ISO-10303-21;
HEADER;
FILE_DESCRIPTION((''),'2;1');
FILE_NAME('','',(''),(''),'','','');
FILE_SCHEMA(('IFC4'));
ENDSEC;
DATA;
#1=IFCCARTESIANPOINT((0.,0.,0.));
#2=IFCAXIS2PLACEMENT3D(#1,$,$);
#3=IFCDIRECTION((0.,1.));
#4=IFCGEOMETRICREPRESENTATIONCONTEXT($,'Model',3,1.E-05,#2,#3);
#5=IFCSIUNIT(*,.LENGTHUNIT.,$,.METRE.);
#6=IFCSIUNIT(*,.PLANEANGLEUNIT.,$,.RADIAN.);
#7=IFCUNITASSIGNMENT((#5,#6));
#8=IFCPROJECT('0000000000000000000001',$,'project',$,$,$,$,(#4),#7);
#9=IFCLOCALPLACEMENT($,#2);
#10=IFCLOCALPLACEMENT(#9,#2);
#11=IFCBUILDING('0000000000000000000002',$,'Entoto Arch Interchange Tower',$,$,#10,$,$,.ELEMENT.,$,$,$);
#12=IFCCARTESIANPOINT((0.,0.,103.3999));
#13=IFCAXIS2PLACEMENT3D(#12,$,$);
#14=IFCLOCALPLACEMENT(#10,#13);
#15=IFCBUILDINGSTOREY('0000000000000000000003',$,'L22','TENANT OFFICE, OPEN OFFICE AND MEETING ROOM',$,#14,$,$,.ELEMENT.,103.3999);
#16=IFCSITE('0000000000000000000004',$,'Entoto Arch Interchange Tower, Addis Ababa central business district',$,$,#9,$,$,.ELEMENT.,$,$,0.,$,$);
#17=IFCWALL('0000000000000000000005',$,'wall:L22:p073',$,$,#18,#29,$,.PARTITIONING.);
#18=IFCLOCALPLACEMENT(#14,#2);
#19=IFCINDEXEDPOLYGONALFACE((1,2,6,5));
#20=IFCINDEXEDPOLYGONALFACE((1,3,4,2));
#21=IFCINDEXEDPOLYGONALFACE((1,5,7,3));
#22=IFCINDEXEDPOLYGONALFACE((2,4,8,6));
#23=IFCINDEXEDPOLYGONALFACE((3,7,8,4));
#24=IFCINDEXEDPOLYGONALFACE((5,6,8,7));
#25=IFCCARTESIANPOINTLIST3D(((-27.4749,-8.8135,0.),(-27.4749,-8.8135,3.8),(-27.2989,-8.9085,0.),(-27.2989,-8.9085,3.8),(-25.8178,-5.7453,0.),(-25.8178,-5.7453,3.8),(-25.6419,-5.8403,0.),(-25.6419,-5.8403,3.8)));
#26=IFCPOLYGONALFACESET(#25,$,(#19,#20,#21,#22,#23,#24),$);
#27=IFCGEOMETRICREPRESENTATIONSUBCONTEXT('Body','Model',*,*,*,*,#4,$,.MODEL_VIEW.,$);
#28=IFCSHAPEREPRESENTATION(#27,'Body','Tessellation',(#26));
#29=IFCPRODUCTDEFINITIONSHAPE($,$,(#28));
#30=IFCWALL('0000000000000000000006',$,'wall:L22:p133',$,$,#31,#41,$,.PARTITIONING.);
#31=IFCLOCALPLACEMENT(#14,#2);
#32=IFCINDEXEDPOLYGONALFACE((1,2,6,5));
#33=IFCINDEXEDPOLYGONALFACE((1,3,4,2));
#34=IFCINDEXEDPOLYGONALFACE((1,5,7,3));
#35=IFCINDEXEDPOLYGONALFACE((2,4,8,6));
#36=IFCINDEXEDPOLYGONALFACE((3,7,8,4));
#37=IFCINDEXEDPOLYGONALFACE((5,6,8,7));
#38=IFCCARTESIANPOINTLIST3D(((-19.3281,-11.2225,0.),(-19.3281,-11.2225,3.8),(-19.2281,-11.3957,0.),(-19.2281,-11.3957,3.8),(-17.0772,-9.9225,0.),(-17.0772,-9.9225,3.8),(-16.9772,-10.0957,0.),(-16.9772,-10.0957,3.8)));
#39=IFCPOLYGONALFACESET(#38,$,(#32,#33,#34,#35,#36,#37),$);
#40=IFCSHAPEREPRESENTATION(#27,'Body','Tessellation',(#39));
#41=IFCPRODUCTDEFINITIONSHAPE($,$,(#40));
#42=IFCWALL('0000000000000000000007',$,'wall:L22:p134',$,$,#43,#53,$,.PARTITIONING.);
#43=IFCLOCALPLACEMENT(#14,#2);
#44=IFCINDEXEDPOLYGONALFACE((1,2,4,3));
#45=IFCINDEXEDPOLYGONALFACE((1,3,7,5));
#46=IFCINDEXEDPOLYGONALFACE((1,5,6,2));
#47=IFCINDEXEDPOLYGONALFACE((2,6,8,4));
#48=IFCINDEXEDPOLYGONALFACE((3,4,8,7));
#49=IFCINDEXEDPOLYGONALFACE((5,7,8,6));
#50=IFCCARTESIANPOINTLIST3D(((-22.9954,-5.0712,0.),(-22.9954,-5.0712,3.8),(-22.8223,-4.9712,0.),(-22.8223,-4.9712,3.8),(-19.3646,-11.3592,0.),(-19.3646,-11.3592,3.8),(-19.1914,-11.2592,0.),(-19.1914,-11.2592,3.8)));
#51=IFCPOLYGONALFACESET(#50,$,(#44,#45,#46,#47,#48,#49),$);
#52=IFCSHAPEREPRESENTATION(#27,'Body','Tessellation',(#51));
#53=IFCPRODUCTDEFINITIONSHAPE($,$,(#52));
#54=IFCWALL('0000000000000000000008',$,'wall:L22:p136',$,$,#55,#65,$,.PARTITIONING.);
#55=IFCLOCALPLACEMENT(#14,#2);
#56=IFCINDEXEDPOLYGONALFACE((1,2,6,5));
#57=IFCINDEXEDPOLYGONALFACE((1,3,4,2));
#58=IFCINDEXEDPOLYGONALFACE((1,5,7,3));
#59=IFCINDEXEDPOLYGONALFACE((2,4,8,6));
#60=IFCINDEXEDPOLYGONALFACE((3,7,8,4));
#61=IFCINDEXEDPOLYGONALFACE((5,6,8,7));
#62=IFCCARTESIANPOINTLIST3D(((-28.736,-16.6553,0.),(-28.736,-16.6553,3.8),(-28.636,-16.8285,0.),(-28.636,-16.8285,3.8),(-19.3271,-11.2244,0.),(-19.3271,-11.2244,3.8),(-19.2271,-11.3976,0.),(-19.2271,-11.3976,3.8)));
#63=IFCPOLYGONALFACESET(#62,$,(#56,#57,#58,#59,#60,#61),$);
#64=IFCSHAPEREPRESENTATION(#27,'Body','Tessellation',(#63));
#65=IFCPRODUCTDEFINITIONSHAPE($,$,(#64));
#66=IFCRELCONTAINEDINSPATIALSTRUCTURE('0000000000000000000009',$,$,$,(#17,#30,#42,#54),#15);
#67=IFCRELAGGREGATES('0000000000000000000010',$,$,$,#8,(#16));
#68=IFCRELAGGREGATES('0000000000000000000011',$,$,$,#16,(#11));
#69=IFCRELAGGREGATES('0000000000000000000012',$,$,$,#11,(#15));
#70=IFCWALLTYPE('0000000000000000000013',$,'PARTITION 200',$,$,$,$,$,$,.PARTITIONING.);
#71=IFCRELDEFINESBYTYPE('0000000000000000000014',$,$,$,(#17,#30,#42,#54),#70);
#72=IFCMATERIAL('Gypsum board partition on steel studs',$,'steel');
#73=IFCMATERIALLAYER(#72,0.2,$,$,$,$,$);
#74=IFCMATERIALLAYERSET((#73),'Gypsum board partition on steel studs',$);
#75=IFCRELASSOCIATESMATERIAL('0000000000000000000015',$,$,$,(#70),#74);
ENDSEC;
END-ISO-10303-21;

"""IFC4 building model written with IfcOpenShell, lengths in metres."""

from ifc_helpers import new_model, si_unit, direction, frame, frame_2d, origin, place, context, subcontext, project, spatial, rectangle, extrude, material, layer, layer_set, type_object, element, save


model = new_model("IFC4")

# Units and contexts
model_context = context("Model", 3, precision=1e-05, world=origin(), true_north=direction((0.0, 1.0)))
body_context = subcontext(model_context, "Body", "Model", "MODEL_VIEW")
ifc_project = project(units=[si_unit("LENGTHUNIT", "METRE"), si_unit("PLANEANGLEUNIT", "RADIAN")], contexts=[model_context])

# Site, building, storey
site_placement = place(None, origin())
site = spatial("IfcSite", under=ifc_project, at=site_placement, Name="Entoto Arch Interchange Tower, Addis Ababa central business district", CompositionType="ELEMENT", RefElevation=0.0)
building_placement = place(site_placement, origin())
building = spatial("IfcBuilding", under=site, at=building_placement, Name="Entoto Arch Interchange Tower", CompositionType="ELEMENT")
storey_placement = place(building_placement, frame((0.0, 0.0, 103.3999)))
storey = spatial("IfcBuildingStorey", under=building, at=storey_placement, Name="L22", Description="TENANT OFFICE, OPEN OFFICE AND MEETING ROOM", CompositionType="ELEMENT", Elevation=103.3999)

# Shared definitions
ifc_material_1 = material(Name="Gypsum board partition on steel studs", Category="steel")
ifc_layer_1 = layer(ifc_material_1, 0.2)
ifc_layer_set_1 = layer_set([ifc_layer_1], Name="Gypsum board partition on steel studs")
wall_type_1 = type_object("IfcWallType", Name="PARTITION 200", PredefinedType="PARTITIONING", material=ifc_layer_set_1)

# Walls
wall_1_placement = place(storey_placement, frame((-27.387, -8.8611, 0.0), z_axis=(0.0, 0.0, 1.0), x_axis=(0.475193, 0.879881, 0.0)))
element("IfcWall", 1, at=wall_1_placement, inside=storey, type_object=wall_type_1, Name="wall:L22:p073", PredefinedType="PARTITIONING", context=body_context, shape_type="SweptSolid", body=[
    extrude(rectangle(XDim=3.4871, YDim=0.2, at=frame_2d((1.7437, 0.0))), origin(), (0.0, 0.0, 1.0), 3.8),
])
wall_2_placement = place(storey_placement, frame((-17.0271, -10.009, 0.0), z_axis=(0.0, 0.0, 1.0), x_axis=(-0.865951, -0.500129, 0.0)))
element("IfcWall", 2, at=wall_2_placement, inside=storey, type_object=wall_type_1, Name="wall:L22:p133", PredefinedType="PARTITIONING", context=body_context, shape_type="SweptSolid", body=[
    extrude(rectangle(XDim=2.5994, YDim=0.2, at=frame_2d((1.2998, 0.0))), origin(), (0.0, 0.0, 1.0), 3.8),
])
wall_3_placement = place(storey_placement, frame((-19.2781, -11.3091, 0.0), z_axis=(0.0, 0.0, 1.0), x_axis=(-0.500045, 0.866, 0.0)))
element("IfcWall", 3, at=wall_3_placement, inside=storey, type_object=wall_type_1, Name="wall:L22:p134", PredefinedType="PARTITIONING", context=body_context, shape_type="SweptSolid", body=[
    extrude(rectangle(XDim=7.261, YDim=0.2, at=frame_2d((3.6304, 0.0))), origin(), (0.0, 0.0, 1.0), 3.8),
])
wall_4_placement = place(storey_placement, frame((-19.2771, -11.311, 0.0), z_axis=(0.0, 0.0, 1.0), x_axis=(-0.866079, -0.499907, 0.0)))
element("IfcWall", 4, at=wall_4_placement, inside=storey, type_object=wall_type_1, Name="wall:L22:p136", PredefinedType="PARTITIONING", context=body_context, shape_type="SweptSolid", body=[
    extrude(rectangle(XDim=10.8638, YDim=0.2, at=frame_2d((5.4319, 0.0))), origin(), (0.0, 0.0, 1.0), 3.8),
])

save(model, "model.ifc")
